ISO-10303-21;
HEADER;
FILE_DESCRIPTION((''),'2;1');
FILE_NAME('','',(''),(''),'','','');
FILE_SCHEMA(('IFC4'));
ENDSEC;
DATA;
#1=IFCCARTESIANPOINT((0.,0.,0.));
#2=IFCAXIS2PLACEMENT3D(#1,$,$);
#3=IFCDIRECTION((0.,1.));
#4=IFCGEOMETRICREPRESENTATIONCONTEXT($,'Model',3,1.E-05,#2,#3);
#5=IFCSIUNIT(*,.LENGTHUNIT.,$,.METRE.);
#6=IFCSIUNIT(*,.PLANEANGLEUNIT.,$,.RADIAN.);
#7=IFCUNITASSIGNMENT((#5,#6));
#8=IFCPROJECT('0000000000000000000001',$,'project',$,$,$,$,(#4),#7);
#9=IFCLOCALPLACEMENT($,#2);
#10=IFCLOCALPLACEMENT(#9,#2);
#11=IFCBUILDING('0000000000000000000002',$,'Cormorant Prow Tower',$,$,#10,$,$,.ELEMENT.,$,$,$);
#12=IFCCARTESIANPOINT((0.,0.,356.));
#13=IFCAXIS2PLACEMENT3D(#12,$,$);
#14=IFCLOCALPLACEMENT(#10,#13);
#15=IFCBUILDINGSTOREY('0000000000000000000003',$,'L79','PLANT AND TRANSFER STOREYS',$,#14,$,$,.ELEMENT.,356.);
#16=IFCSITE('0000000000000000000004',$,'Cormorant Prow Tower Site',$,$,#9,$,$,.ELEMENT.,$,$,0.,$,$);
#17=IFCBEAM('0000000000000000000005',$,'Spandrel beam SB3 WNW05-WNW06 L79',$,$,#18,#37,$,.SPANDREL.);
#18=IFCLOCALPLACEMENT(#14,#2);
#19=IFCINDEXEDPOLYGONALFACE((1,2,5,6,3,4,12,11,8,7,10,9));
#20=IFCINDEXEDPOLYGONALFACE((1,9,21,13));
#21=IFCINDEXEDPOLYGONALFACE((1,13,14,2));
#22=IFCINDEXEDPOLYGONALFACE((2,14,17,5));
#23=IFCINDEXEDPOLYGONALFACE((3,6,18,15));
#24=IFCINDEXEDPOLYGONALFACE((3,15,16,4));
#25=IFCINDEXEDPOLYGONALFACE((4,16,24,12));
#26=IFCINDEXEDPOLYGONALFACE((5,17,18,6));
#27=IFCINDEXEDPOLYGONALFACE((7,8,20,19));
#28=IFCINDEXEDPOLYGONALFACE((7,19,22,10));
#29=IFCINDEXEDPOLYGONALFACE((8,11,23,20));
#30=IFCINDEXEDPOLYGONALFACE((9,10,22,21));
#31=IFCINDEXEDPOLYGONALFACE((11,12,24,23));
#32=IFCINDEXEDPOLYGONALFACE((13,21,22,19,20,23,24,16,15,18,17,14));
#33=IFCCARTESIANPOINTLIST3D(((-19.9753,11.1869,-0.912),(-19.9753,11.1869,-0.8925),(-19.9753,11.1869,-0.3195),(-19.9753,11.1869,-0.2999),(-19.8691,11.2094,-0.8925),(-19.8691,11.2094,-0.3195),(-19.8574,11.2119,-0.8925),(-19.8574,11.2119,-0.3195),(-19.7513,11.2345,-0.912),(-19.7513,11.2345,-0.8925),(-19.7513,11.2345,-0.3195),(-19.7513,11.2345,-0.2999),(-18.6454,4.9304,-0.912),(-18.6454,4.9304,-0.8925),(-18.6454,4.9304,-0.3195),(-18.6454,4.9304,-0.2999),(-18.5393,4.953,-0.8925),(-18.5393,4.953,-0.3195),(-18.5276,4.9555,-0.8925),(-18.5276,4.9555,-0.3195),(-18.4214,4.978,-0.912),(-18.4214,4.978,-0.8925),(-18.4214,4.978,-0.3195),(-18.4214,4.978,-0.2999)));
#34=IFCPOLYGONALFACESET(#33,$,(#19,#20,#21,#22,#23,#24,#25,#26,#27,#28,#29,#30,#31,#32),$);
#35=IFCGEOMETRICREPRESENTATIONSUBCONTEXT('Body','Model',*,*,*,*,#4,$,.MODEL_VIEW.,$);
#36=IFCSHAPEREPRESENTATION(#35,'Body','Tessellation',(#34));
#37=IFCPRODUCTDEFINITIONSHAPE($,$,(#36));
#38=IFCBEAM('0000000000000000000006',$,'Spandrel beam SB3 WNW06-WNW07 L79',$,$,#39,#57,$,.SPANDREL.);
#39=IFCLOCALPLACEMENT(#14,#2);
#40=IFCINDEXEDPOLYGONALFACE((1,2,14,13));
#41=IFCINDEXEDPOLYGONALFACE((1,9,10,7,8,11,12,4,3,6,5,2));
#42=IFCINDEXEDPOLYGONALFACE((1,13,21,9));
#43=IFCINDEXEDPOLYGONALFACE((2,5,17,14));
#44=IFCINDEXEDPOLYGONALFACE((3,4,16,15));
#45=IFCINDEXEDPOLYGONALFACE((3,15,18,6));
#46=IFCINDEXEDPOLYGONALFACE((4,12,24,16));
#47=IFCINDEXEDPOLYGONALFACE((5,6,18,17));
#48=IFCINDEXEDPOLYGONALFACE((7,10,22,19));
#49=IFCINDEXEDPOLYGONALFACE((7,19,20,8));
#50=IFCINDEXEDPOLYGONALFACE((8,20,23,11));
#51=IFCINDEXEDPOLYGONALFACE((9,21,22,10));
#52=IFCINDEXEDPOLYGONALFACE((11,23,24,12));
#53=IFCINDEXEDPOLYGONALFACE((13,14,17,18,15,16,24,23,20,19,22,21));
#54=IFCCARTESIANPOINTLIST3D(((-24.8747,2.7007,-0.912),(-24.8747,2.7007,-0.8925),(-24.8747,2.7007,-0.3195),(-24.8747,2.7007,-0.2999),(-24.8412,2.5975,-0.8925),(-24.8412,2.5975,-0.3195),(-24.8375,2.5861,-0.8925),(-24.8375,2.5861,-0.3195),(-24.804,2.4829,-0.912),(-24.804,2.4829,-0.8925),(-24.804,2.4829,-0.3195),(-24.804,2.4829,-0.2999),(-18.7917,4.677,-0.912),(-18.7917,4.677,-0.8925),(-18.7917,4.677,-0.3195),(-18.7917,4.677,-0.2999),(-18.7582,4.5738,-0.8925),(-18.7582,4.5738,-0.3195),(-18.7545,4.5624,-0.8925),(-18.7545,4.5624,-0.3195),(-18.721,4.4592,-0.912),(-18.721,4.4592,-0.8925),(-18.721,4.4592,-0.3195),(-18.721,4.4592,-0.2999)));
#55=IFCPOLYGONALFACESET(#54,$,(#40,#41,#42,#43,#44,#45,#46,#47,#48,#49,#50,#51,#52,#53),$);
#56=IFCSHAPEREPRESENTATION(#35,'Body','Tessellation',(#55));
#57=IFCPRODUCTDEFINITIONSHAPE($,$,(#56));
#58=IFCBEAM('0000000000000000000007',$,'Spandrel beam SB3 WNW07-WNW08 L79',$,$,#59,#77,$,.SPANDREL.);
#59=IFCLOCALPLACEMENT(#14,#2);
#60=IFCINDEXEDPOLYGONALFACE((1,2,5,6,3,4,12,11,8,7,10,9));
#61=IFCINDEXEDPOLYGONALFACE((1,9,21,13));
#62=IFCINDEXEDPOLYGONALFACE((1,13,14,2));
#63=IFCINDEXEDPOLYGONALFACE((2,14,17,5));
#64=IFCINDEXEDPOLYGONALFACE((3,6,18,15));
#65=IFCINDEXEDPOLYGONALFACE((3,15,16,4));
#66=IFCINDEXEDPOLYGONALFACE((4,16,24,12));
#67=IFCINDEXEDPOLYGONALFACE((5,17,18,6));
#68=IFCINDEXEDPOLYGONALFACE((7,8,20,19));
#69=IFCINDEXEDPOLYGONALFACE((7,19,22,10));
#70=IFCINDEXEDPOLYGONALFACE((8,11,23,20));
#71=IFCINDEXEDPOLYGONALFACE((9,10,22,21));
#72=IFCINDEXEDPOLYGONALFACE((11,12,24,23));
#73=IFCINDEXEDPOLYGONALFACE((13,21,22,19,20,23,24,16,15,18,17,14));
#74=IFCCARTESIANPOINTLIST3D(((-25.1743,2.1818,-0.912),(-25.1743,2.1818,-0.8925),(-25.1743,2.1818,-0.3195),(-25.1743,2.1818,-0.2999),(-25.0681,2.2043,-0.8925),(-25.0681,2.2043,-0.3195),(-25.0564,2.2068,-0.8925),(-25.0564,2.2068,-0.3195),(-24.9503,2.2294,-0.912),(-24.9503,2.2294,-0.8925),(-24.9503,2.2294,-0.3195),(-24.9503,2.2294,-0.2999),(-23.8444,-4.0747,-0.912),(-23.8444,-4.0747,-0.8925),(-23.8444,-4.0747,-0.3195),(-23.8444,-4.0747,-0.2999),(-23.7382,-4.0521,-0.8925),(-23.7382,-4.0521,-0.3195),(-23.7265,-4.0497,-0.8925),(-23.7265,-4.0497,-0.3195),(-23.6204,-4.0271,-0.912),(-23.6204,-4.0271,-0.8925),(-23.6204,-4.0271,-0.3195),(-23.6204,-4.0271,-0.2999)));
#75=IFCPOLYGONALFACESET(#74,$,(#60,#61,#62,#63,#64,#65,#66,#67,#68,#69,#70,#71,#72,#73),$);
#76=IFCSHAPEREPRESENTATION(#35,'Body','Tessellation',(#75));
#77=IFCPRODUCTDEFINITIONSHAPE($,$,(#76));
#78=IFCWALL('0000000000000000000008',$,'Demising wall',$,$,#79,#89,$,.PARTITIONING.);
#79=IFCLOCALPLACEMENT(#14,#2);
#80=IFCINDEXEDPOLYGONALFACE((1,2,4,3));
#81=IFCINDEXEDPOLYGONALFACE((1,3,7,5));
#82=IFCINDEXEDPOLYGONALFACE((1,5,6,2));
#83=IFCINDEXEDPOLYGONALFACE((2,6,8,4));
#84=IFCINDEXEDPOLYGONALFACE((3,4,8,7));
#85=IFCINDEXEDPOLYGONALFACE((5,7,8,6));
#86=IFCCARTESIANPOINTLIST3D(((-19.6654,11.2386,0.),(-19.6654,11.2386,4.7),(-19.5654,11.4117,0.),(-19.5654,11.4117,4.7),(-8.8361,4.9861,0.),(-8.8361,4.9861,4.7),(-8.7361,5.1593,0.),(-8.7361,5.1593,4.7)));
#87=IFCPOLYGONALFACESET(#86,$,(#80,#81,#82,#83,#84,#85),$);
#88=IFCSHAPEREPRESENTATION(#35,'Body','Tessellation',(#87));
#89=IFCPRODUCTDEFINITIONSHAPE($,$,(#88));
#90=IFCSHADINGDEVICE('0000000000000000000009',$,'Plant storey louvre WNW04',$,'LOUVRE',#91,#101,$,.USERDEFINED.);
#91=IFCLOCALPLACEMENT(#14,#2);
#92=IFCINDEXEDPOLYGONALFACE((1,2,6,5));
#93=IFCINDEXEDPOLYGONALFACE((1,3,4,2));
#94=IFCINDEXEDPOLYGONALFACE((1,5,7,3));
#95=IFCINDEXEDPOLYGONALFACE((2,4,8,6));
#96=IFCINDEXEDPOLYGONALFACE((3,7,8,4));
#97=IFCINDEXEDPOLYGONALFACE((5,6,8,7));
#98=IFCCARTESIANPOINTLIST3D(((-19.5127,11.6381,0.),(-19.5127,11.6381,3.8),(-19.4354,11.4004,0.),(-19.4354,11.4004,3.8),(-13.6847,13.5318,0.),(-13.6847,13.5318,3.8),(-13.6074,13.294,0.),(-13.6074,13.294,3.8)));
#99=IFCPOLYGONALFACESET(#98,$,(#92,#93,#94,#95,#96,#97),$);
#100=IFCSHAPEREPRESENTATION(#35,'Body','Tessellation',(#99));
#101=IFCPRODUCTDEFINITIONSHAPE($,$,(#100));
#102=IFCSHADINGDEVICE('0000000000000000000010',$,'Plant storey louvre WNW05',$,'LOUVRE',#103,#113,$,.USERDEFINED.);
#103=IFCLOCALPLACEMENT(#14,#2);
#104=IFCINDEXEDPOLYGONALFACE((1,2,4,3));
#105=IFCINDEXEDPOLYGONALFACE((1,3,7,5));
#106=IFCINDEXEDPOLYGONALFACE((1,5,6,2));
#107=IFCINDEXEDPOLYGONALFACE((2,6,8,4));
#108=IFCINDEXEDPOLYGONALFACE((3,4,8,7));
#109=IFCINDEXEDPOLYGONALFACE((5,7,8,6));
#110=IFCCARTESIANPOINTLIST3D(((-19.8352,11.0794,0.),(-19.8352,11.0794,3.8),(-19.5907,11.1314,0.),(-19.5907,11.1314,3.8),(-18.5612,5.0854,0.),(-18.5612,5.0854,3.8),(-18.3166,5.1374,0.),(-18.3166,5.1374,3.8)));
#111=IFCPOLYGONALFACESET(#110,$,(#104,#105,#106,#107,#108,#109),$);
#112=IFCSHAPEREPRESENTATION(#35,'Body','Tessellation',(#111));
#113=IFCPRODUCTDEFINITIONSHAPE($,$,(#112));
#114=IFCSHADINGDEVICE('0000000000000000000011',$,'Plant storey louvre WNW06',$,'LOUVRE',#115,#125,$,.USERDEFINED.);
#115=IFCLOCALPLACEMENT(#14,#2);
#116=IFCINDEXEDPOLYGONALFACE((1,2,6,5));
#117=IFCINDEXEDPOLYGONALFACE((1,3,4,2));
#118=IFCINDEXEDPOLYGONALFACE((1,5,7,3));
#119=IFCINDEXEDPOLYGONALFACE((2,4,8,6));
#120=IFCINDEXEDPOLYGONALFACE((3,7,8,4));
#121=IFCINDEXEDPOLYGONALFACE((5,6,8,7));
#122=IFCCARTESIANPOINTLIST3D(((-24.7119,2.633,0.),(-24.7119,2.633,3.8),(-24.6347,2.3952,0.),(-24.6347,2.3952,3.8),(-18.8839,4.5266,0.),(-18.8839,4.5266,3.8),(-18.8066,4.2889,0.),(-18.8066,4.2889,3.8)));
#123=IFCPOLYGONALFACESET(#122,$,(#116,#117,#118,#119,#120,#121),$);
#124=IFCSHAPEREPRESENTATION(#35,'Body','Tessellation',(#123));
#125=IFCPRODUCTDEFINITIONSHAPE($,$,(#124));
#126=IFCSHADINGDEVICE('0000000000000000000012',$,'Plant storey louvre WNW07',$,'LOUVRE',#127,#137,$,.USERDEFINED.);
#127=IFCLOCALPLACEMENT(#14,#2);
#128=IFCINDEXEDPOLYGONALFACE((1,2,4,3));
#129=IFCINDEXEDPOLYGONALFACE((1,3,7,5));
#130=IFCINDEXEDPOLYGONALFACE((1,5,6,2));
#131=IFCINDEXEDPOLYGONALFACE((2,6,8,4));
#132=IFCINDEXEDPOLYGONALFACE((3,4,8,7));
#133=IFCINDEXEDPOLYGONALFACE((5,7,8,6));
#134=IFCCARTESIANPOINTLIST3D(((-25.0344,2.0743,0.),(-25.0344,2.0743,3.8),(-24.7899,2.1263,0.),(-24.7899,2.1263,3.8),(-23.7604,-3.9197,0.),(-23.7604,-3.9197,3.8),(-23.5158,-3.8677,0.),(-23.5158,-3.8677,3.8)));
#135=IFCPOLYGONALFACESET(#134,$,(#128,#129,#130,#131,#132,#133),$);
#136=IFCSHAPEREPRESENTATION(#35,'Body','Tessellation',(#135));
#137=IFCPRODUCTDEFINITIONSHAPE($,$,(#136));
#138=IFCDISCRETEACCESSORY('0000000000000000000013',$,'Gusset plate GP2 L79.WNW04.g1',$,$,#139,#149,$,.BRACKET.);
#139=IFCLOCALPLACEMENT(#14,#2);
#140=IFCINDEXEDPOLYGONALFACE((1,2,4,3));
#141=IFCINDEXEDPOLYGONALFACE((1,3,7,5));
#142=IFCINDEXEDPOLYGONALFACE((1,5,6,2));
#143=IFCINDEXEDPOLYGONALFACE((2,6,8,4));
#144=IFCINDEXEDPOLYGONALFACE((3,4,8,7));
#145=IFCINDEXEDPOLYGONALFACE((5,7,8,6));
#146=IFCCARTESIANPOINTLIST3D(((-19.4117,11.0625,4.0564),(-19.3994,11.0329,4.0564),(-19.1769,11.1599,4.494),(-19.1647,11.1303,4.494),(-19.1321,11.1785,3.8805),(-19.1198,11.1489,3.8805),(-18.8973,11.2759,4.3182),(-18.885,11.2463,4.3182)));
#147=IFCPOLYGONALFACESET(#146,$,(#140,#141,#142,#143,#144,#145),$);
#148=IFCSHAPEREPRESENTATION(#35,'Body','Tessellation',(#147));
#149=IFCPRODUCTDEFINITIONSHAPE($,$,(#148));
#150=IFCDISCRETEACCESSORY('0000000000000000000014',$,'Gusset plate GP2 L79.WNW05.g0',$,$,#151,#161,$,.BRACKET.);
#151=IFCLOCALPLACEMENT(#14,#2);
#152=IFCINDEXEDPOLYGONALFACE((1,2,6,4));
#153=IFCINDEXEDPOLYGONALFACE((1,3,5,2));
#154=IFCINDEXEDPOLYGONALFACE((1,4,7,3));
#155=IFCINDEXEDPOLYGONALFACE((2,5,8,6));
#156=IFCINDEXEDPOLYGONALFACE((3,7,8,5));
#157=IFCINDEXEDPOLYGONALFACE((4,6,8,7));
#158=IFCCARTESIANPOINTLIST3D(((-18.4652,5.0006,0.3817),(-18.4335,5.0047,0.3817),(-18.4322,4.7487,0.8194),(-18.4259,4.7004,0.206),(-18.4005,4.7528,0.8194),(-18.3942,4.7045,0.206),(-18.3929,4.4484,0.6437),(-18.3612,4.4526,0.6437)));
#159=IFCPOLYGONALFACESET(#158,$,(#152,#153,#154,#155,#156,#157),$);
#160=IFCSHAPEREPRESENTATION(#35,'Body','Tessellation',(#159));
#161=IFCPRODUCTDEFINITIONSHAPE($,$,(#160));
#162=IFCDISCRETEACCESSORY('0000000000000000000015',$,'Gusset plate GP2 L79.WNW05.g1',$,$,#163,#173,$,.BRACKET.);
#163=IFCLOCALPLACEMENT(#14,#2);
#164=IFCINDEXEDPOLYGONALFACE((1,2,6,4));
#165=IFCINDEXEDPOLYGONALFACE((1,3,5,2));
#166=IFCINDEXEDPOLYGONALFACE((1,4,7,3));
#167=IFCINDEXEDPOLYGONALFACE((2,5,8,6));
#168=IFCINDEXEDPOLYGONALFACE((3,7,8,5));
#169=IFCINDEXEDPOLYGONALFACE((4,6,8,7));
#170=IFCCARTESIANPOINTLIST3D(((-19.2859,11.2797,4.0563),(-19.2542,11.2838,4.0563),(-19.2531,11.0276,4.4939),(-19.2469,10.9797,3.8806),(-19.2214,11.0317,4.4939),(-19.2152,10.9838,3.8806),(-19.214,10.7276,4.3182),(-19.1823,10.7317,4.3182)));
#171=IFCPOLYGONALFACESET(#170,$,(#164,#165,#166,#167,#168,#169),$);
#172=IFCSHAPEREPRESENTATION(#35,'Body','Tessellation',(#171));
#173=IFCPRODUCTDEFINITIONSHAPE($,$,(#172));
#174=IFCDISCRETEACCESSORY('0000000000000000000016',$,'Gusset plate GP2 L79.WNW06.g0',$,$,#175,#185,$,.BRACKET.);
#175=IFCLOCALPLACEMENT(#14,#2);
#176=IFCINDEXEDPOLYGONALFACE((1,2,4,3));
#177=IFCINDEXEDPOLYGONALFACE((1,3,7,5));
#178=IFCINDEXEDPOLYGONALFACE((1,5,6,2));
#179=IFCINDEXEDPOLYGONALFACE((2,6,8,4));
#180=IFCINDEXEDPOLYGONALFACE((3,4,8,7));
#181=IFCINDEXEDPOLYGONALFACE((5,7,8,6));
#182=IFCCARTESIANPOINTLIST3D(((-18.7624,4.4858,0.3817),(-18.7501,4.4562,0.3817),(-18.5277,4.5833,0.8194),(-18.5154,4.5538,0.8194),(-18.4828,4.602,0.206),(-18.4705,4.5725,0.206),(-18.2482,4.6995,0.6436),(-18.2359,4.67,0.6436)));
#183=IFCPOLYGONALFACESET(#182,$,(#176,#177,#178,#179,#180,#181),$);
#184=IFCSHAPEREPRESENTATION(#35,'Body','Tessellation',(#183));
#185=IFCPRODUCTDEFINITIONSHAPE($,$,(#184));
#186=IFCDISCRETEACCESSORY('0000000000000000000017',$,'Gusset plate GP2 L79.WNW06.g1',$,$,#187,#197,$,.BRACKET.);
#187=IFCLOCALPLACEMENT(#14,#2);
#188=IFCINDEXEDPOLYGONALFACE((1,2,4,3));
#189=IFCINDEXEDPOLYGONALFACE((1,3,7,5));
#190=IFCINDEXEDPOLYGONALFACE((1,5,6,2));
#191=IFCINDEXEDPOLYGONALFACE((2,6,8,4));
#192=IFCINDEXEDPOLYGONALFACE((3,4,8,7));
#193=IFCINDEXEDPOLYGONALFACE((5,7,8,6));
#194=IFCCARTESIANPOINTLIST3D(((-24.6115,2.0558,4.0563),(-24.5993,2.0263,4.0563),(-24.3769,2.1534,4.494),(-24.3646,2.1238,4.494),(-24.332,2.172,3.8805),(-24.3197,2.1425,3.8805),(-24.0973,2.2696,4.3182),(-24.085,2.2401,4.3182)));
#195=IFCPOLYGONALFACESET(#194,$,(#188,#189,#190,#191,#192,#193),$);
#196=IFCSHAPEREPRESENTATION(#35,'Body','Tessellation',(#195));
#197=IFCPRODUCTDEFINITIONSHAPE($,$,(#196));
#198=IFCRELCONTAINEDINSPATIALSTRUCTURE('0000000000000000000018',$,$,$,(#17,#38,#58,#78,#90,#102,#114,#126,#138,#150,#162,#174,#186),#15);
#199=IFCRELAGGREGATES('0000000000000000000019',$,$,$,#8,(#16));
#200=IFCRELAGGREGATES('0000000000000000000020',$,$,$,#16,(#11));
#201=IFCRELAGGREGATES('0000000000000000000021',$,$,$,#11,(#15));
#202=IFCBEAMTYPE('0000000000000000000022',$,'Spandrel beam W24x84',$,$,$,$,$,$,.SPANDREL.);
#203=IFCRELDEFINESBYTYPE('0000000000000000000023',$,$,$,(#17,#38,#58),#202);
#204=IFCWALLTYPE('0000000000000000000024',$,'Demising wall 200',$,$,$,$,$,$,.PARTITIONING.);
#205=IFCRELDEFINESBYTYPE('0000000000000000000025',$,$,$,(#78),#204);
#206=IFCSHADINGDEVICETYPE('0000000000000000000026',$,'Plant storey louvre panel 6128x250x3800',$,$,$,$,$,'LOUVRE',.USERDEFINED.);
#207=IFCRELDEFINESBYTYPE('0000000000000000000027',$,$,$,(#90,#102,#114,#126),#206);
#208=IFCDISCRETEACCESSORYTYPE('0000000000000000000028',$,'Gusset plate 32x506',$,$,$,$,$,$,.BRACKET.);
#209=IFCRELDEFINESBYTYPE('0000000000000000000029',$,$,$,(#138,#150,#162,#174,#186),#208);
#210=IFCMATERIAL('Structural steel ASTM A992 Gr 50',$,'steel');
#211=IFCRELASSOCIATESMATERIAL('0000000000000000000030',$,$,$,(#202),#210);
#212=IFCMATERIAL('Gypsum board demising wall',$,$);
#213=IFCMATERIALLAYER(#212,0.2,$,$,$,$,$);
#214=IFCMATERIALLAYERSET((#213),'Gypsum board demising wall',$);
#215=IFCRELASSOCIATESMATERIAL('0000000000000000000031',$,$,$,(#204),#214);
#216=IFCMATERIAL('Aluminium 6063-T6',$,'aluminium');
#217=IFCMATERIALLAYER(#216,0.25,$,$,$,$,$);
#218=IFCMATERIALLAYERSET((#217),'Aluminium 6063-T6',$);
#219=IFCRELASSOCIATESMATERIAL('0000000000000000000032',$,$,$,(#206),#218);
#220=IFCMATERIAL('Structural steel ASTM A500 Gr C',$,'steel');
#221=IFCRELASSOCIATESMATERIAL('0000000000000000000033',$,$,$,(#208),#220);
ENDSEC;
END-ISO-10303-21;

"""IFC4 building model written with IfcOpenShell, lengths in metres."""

from ifc_helpers import new_model, si_unit, direction, frame, frame_2d, origin, origin_2d, place, context, subcontext, project, spatial, rectangle, i_section, extrude, material, layer, layer_set, material_profile, profile_set, type_object, element, save


model = new_model("IFC4")

# Units and contexts
model_context = context("Model", 3, precision=1e-05, world=origin(), true_north=direction((0.0, 1.0)))
body_context = subcontext(model_context, "Body", "Model", "MODEL_VIEW")
ifc_project = project(units=[si_unit("LENGTHUNIT", "METRE"), si_unit("PLANEANGLEUNIT", "RADIAN")], contexts=[model_context])

# Site, building, storey
site_placement = place(None, origin())
site = spatial("IfcSite", under=ifc_project, at=site_placement, Name="Cormorant Prow Tower Site", CompositionType="ELEMENT", RefElevation=0.0)
building_placement = place(site_placement, origin())
building = spatial("IfcBuilding", under=site, at=building_placement, Name="Cormorant Prow Tower", CompositionType="ELEMENT")
storey_placement = place(building_placement, frame((0.0, 0.0, 356.0)))
storey = spatial("IfcBuildingStorey", under=building, at=storey_placement, Name="L79", Description="PLANT AND TRANSFER STOREYS", CompositionType="ELEMENT", Elevation=356.0)

# Beams
ifc_material_1 = material(Name="Structural steel ASTM A992 Gr 50", Category="steel")
ifc_material_profile_1 = material_profile(ifc_material_1, i_section(OverallWidth=0.229, OverallDepth=0.6121, WebThickness=0.012, FlangeThickness=0.0195, at=origin_2d()), Name="W24x84")
ifc_profile_set_1 = profile_set([ifc_material_profile_1], Name="Structural steel ASTM A992 Gr 50")
beam_type = type_object("IfcBeamType", Name="Spandrel beam W24x84", PredefinedType="SPANDREL", material=ifc_profile_set_1)
beam_1_placement = place(storey_placement, frame((-19.8633, 11.2107, -0.606), z_axis=(0.207913, -0.978147, 0.0), x_axis=(0.978147, 0.207913, 0.0)))
element("IfcBeam", 1, at=beam_1_placement, inside=storey, type_object=beam_type, Name="Spandrel beam SB3 WNW05-WNW06 L79", PredefinedType="SPANDREL", context=body_context, shape_type="SweptSolid", body=[
    extrude(i_section(OverallWidth=0.229, OverallDepth=0.6121, WebThickness=0.012, FlangeThickness=0.0195, at=origin_2d()), origin(), (0.0, 0.0, 1.0), 6.3962),
])
beam_2_placement = place(storey_placement, frame((-18.7563, 4.5681, -0.606), z_axis=(-0.951064, -0.308993, 0.0), x_axis=(0.308993, -0.951064, 0.0)))
element("IfcBeam", 2, at=beam_2_placement, inside=storey, type_object=beam_type, Name="Spandrel beam SB3 WNW06-WNW07 L79", PredefinedType="SPANDREL", context=body_context, shape_type="SweptSolid", body=[
    extrude(i_section(OverallWidth=0.229, OverallDepth=0.6121, WebThickness=0.012, FlangeThickness=0.0195, at=origin_2d()), origin(), (0.0, 0.0, 1.0), 6.396),
])
beam_3_placement = place(storey_placement, frame((-25.0623, 2.2056, -0.606), z_axis=(0.207913, -0.978147, 0.0), x_axis=(0.978147, 0.207913, 0.0)))
element("IfcBeam", 3, at=beam_3_placement, inside=storey, type_object=beam_type, Name="Spandrel beam SB3 WNW07-WNW08 L79", PredefinedType="SPANDREL", context=body_context, shape_type="SweptSolid", body=[
    extrude(i_section(OverallWidth=0.229, OverallDepth=0.6121, WebThickness=0.012, FlangeThickness=0.0195, at=origin_2d()), origin(), (0.0, 0.0, 1.0), 6.3962),
])

# Wall
ifc_material_2 = material(Name="Gypsum board demising wall")
ifc_layer_1 = layer(ifc_material_2, 0.2)
ifc_layer_set_1 = layer_set([ifc_layer_1], Name="Gypsum board demising wall")
wall_type = type_object("IfcWallType", Name="Demising wall 200", PredefinedType="PARTITIONING", material=ifc_layer_set_1)
wall_placement = place(storey_placement, frame((-19.6155, 11.3252, 0.0), z_axis=(0.0, 0.0, 1.0), x_axis=(0.866021, -0.500007, 0.0)))
element("IfcWall", 4, at=wall_placement, inside=storey, type_object=wall_type, Name="Demising wall", PredefinedType="PARTITIONING", context=body_context, shape_type="SweptSolid", body=[
    extrude(rectangle(XDim=12.5046, YDim=0.2, at=frame_2d((6.2524, 0.0))), origin(), (0.0, 0.0, 1.0), 4.7),
])

# Shading devices
ifc_material_3 = material(Name="Aluminium 6063-T6", Category="aluminium")
ifc_layer_2 = layer(ifc_material_3, 0.25)
ifc_layer_set_2 = layer_set([ifc_layer_2], Name="Aluminium 6063-T6")
shading_device_type = type_object("IfcShadingDeviceType", Name="Plant storey louvre panel 6128x250x3800", ElementType="LOUVRE", PredefinedType="USERDEFINED", material=ifc_layer_set_2)
for number, where, z_axis, x_axis, name in (
    (5, (-16.5601, 12.4661, 0.0), (0.0, 0.0, 1.0), (-0.951057, -0.309017, 0.0), "Plant storey louvre WNW04"),
    (6, (-19.0759, 8.1084, 0.0), (0.0, 0.0, 1.0), (0.207912, -0.978148, 0.0), "Plant storey louvre WNW05"),
    (7, (-21.7593, 3.4609, 0.0), (0.0, 0.0, 1.0), (-0.951057, -0.309017, 0.0), "Plant storey louvre WNW06"),
    (8, (-24.2751, -0.8967, 0.0), (0.0, 0.0, 1.0), (0.207912, -0.978148, 0.0), "Plant storey louvre WNW07"),
):
    element("IfcShadingDevice", number, at=place(storey_placement, frame(where, z_axis=z_axis, x_axis=x_axis)), inside=storey, type_object=shading_device_type, Name=name, ObjectType="LOUVRE", PredefinedType="USERDEFINED", context=body_context, shape_type="SweptSolid", body=[
        extrude(rectangle(XDim=6.1279, YDim=0.25, at=origin_2d()), origin(), (0.0, 0.0, 1.0), 3.8),
    ])

# Discrete accessories
ifc_material_4 = material(Name="Structural steel ASTM A500 Gr C", Category="steel")
ifc_material_profile_2 = material_profile(ifc_material_4, rectangle(XDim=0.032, YDim=0.5061, at=origin_2d()), Name="Gusset plate 32x506")
ifc_profile_set_2 = profile_set([ifc_material_profile_2], Name="Structural steel ASTM A500 Gr C")
discrete_accessory_type_1 = type_object("IfcDiscreteAccessoryType", Name="Gusset plate 32x506", PredefinedType="BRACKET", material=ifc_profile_set_2)
for number, where, z_axis, x_axis, name in (
    (9, (-19.0085, 11.2124, 4.0994), (-0.79872, -0.331347, 0.502252), (0.383183, -0.923672, 0.0), "Gusset plate GP2 L79.WNW04.g1"),
    (10, (-18.4329, 4.8767, 0.6006), (0.11225, -0.85756, -0.501986), (0.991542, 0.129787, 0.0), "Gusset plate GP2 L79.WNW05.g0"),
):
    element("IfcDiscreteAccessory", number, at=place(storey_placement, frame(where, z_axis=z_axis, x_axis=x_axis)), inside=storey, type_object=discrete_accessory_type_1, Name=name, PredefinedType="BRACKET", context=body_context, shape_type="SweptSolid", body=[
        extrude(rectangle(XDim=0.032, YDim=0.5061, at=origin_2d()), origin(), (0.0, 0.0, 1.0), 0.3501),
    ])
discrete_accessory_1_placement = place(storey_placement, frame((-19.2146, 10.8557, 4.0994), z_axis=(-0.111628, 0.857443, 0.502326), x_axis=(-0.991632, -0.129098, 0.0)))
element("IfcDiscreteAccessory", 11, at=discrete_accessory_1_placement, inside=storey, type_object=discrete_accessory_type_1, Name="Gusset plate GP2 L79.WNW05.g1", PredefinedType="BRACKET", context=body_context, shape_type="SweptSolid", body=[
    extrude(rectangle(XDim=0.032, YDim=0.5061, at=origin_2d()), origin(), (0.0, 0.0, 1.0), 0.3499),
])
for number, where, z_axis, x_axis, name in (
    (12, (-18.6389, 4.5198, 0.6006), (0.798535, 0.331967, -0.502135), (-0.383871, 0.923387, 0.0), "Gusset plate GP2 L79.WNW06.g0"),
    (13, (-24.2085, 2.2061, 4.0994), (-0.798535, -0.331967, 0.502135), (0.383871, -0.923387, 0.0), "Gusset plate GP2 L79.WNW06.g1"),
):
    element("IfcDiscreteAccessory", number, at=place(storey_placement, frame(where, z_axis=z_axis, x_axis=x_axis)), inside=storey, type_object=discrete_accessory_type_1, Name=name, PredefinedType="BRACKET", context=body_context, shape_type="SweptSolid", body=[
        extrude(rectangle(XDim=0.032, YDim=0.5061, at=origin_2d()), origin(), (0.0, 0.0, 1.0), 0.3501),
    ])

save(model, "model.ifc")
